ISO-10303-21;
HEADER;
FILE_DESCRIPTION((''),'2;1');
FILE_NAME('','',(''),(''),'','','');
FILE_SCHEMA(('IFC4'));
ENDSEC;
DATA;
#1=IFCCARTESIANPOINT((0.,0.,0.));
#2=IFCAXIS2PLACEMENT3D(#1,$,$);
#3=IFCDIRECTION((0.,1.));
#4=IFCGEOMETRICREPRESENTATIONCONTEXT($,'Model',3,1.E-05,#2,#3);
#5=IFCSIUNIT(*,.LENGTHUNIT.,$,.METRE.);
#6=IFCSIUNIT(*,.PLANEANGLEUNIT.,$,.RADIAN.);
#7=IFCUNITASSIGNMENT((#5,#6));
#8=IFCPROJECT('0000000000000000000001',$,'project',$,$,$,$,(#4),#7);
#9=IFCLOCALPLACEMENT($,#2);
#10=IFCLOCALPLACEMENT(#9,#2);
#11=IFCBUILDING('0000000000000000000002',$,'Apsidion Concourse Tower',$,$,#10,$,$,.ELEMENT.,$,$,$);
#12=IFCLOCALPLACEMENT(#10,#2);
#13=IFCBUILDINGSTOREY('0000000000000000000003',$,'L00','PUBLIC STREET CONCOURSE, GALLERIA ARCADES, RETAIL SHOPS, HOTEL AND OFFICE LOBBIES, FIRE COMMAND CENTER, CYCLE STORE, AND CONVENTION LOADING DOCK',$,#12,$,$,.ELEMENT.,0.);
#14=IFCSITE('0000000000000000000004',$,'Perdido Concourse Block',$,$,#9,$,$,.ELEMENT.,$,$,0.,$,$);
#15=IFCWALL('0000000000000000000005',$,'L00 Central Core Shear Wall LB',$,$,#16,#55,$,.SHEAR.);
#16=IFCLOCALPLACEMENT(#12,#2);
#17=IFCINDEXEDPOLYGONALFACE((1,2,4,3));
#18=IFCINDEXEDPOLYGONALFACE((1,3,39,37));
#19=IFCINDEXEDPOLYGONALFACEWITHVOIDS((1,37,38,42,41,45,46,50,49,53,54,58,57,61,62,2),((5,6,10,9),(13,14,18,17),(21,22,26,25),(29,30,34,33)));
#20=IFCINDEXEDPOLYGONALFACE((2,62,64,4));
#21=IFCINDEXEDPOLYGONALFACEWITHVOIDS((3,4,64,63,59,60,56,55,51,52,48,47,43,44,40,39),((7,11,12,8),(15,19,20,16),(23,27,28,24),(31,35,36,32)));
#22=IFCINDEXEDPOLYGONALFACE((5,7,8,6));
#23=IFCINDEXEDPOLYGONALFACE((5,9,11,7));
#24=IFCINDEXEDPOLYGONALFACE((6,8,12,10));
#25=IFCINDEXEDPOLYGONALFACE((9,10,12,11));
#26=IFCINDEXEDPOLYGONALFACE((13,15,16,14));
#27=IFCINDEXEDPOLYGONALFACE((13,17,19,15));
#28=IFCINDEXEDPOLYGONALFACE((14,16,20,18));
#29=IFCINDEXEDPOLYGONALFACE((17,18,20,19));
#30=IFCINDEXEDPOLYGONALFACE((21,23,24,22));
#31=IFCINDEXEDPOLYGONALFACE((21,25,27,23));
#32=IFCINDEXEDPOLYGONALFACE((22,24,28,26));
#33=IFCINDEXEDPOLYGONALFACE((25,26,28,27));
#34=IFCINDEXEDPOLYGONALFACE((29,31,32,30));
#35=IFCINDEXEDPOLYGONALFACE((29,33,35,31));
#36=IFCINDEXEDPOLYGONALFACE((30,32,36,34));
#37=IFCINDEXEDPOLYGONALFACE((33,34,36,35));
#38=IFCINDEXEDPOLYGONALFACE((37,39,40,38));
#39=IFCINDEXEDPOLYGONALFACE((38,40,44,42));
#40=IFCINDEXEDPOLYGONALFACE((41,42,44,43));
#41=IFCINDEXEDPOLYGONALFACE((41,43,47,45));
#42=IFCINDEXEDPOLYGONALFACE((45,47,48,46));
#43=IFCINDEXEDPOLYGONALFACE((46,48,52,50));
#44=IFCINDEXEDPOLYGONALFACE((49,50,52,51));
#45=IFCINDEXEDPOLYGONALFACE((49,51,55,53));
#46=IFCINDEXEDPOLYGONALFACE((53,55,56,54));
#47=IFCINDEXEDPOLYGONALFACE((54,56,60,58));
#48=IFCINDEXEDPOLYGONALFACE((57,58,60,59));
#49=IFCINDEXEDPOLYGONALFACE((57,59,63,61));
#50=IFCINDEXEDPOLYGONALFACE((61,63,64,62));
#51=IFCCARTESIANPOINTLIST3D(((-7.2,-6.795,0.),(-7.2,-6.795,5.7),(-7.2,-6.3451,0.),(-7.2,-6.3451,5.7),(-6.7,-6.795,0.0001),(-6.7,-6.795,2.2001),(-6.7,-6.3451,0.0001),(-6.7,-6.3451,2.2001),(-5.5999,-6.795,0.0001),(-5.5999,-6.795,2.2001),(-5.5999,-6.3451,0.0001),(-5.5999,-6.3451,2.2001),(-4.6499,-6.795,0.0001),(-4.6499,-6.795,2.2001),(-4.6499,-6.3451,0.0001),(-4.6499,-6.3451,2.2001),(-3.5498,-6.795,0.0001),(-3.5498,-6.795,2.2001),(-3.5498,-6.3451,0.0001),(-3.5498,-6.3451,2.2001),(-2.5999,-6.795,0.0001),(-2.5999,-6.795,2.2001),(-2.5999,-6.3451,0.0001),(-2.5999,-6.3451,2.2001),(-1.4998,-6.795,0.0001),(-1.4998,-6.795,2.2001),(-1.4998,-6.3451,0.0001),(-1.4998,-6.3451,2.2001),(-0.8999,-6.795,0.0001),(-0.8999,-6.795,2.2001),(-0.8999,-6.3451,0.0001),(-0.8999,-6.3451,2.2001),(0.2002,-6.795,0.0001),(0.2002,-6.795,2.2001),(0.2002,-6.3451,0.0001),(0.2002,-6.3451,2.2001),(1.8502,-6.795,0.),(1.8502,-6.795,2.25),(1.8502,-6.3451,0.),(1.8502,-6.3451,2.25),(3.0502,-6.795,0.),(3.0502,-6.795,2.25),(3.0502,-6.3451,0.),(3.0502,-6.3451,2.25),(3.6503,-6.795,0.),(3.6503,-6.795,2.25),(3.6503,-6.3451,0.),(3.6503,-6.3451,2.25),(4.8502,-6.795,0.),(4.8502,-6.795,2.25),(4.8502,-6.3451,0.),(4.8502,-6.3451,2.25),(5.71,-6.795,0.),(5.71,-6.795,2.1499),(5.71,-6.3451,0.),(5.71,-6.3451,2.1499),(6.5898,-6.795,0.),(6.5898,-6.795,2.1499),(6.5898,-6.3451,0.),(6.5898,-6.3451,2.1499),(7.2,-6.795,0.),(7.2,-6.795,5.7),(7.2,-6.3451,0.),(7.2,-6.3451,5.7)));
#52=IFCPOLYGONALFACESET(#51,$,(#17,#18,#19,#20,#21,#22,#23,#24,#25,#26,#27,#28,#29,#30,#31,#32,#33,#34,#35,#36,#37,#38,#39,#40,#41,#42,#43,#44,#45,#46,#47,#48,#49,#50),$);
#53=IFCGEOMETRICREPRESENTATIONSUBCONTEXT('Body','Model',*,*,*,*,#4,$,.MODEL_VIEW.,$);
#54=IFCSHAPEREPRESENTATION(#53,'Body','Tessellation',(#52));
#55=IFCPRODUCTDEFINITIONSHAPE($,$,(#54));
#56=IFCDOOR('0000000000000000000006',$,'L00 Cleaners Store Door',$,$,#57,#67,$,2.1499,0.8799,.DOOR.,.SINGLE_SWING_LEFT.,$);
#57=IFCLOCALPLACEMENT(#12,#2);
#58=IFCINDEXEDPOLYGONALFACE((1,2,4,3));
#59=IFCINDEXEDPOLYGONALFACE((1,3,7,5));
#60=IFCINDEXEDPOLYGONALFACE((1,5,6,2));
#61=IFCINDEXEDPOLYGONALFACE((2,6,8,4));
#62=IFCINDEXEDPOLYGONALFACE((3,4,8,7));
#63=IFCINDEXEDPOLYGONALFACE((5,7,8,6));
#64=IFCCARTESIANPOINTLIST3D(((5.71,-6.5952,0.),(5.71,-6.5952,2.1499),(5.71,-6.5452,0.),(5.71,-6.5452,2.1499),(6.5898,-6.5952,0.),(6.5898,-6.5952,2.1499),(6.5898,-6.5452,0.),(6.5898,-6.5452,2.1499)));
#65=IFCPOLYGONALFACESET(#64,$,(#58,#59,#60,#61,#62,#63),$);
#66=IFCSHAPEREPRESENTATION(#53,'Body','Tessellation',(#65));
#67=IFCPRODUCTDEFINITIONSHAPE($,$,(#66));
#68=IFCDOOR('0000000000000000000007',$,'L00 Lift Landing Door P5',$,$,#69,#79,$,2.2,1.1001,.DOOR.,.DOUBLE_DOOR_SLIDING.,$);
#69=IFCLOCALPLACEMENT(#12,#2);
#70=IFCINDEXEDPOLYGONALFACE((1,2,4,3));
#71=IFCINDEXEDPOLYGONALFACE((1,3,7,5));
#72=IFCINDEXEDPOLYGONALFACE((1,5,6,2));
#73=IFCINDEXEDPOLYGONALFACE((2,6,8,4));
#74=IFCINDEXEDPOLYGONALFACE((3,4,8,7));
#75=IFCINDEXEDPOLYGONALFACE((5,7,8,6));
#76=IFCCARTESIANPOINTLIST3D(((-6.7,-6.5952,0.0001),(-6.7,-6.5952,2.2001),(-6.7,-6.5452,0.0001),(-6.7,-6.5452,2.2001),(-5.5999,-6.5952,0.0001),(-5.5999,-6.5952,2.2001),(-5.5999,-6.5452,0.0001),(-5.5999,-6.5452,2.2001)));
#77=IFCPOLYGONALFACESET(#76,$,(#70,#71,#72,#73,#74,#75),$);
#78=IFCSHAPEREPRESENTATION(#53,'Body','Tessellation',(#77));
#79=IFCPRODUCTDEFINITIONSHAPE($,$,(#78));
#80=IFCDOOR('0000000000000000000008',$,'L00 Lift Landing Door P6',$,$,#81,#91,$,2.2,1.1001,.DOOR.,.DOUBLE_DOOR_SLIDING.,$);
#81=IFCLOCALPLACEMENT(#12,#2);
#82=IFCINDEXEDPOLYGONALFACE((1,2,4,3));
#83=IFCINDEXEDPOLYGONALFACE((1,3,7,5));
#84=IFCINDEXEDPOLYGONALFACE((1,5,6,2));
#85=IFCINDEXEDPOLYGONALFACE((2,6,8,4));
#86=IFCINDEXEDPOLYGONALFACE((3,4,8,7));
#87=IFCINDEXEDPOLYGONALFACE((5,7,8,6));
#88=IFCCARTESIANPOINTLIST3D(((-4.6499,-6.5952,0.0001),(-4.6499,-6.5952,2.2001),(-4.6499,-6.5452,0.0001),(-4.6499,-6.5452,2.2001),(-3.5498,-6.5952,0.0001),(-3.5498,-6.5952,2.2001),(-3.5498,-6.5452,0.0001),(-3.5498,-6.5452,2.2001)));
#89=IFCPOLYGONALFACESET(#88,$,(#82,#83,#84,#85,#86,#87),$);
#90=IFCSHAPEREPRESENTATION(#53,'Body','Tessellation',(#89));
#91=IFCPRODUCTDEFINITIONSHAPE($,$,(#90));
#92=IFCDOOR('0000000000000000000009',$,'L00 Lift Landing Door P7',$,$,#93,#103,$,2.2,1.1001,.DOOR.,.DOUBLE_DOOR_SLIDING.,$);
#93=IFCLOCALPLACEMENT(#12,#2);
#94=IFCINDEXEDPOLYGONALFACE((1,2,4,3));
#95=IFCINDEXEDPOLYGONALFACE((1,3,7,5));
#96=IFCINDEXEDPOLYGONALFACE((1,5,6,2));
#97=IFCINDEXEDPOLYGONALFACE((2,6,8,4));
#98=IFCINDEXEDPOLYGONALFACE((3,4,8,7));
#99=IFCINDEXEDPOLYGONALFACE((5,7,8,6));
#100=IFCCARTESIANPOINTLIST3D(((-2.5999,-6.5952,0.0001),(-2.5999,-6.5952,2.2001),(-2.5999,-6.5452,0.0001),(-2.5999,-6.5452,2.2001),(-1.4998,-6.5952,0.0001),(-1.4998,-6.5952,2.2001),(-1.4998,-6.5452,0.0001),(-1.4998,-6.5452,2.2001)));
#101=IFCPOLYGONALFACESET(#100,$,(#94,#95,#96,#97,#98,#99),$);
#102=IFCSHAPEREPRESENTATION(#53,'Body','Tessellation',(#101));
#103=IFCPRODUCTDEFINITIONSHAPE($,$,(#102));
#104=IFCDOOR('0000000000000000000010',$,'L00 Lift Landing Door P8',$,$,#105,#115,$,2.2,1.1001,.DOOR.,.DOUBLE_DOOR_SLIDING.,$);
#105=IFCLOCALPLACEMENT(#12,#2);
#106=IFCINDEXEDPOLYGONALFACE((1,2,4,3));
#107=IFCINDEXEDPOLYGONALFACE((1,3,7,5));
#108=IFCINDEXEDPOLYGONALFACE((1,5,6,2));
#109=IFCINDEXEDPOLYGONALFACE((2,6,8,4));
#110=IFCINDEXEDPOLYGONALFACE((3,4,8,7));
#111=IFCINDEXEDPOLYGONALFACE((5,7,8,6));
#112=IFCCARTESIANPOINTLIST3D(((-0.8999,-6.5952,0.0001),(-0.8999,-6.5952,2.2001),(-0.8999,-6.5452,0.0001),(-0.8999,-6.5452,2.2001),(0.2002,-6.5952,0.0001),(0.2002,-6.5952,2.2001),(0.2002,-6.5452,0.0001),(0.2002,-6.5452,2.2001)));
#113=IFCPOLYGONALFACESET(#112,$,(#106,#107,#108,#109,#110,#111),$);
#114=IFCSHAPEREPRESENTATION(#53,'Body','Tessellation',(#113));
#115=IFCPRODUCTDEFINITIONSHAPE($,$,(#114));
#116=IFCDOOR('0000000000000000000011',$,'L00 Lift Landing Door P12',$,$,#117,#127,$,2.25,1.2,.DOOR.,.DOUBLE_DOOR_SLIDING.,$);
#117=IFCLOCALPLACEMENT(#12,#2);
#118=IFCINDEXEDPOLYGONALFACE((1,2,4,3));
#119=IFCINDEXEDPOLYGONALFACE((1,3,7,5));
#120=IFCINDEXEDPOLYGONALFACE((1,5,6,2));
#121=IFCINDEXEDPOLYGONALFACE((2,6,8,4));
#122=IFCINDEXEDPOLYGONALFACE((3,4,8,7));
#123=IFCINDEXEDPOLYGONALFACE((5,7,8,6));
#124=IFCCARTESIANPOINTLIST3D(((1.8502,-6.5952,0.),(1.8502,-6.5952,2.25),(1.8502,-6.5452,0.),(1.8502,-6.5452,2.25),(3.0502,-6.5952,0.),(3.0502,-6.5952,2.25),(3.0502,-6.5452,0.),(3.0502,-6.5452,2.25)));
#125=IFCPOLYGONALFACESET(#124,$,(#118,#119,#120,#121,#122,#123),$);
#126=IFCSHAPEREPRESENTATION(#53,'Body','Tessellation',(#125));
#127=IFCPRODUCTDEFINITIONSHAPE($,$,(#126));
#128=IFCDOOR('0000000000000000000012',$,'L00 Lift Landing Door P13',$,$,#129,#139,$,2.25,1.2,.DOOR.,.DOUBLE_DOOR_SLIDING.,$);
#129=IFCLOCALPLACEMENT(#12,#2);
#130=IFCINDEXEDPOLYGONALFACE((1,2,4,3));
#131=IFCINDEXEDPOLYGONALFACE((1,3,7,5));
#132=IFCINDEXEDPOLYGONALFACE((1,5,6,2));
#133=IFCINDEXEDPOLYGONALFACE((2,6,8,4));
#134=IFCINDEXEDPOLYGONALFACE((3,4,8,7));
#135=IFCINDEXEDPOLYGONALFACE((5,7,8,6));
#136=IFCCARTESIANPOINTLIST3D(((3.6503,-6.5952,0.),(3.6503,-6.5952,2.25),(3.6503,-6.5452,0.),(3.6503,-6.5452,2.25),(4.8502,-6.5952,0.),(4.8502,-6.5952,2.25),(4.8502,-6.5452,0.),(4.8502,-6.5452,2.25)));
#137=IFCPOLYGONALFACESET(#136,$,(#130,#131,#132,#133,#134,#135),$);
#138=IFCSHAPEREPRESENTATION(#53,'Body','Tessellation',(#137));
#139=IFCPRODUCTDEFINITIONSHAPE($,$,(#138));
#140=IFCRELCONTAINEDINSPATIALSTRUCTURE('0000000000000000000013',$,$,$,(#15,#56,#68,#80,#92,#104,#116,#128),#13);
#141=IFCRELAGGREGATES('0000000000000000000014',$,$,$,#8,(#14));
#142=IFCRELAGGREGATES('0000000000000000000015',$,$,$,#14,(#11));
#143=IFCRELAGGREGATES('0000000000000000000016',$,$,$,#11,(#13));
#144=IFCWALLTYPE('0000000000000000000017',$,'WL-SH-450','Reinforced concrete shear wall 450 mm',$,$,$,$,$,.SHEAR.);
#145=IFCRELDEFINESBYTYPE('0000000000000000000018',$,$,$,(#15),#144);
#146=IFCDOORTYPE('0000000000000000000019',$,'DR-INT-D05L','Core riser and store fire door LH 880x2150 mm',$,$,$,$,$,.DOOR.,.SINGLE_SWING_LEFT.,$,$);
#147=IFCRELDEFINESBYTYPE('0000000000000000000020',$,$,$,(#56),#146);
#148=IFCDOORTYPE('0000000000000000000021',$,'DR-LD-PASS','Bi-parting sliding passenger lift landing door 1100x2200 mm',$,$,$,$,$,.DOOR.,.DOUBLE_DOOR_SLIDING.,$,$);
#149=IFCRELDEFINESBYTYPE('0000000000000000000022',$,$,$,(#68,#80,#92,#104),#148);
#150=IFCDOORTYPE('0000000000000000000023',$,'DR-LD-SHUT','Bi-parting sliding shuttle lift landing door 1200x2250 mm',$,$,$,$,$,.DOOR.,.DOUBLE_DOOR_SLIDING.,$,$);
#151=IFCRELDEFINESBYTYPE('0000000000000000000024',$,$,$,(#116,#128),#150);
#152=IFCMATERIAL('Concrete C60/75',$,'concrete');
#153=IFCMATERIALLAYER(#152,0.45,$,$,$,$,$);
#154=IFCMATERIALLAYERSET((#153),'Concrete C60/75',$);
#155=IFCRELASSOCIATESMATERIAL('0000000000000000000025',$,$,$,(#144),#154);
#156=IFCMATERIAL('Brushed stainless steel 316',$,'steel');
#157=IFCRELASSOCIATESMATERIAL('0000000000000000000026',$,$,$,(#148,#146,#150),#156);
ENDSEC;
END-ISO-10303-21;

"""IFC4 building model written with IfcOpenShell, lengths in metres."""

from ifc_helpers import new_model, si_unit, direction, frame, frame_2d, origin, place, context, subcontext, project, spatial, rectangle, extrude, material, layer, layer_set, type_object, element, fill, save


model = new_model("IFC4")

# Units and contexts
model_context = context("Model", 3, precision=1e-05, world=origin(), true_north=direction((0.0, 1.0)))
body_context = subcontext(model_context, "Body", "Model", "MODEL_VIEW")
ifc_project = project(units=[si_unit("LENGTHUNIT", "METRE"), si_unit("PLANEANGLEUNIT", "RADIAN")], contexts=[model_context])

# Site, building, storey
site_placement = place(None, origin())
site = spatial("IfcSite", under=ifc_project, at=site_placement, Name="Perdido Concourse Block", CompositionType="ELEMENT", RefElevation=0.0)
building_placement = place(site_placement, origin())
building = spatial("IfcBuilding", under=site, at=building_placement, Name="Apsidion Concourse Tower", CompositionType="ELEMENT")
storey_placement = place(building_placement, origin())
storey = spatial("IfcBuildingStorey", under=building, at=storey_placement, Name="L00", Description="PUBLIC STREET CONCOURSE, GALLERIA ARCADES, RETAIL SHOPS, HOTEL AND OFFICE LOBBIES, FIRE COMMAND CENTER, CYCLE STORE, AND CONVENTION LOADING DOCK", CompositionType="ELEMENT", Elevation=0.0)

# Shared definitions
ifc_material_1 = material(Name="Concrete C60/75", Category="concrete")
ifc_layer = layer(ifc_material_1, 0.45)
ifc_layer_set = layer_set([ifc_layer], Name="Concrete C60/75")
wall_type = type_object("IfcWallType", Name="WL-SH-450", Description="Reinforced concrete shear wall 450 mm", PredefinedType="SHEAR", material=ifc_layer_set)

# Wall, openings, doors
ifc_material_2 = material(Name="Brushed stainless steel 316", Category="steel")
door_type_1 = type_object("IfcDoorType", Name="DR-LD-PASS", Description="Bi-parting sliding passenger lift landing door 1100x2200 mm", OperationType="DOUBLE_DOOR_SLIDING", PredefinedType="DOOR", material=ifc_material_2)
wall_1_placement = place(storey_placement, frame((-7.2, -6.5701, 0.0), z_axis=(0.0, 0.0, 1.0), x_axis=(1.0, 0.0, 0.0)))
wall_1 = element("IfcWall", 1, at=wall_1_placement, inside=storey, type_object=wall_type, Name="L00 Central Core Shear Wall LB", PredefinedType="SHEAR", context=body_context, shape_type="SweptSolid", body=[
    extrude(rectangle(XDim=14.3999, YDim=0.45, at=frame_2d((7.2, 0.0))), origin(), (0.0, 0.0, 1.0), 5.7),
])
opening_1_placement = place(wall_1_placement, frame((0.5, 0.0, 0.0)))
opening_1 = element("IfcOpeningElement", 2, at=opening_1_placement, cuts=wall_1, PredefinedType="OPENING", context=body_context, shape_type="SweptSolid", body=[
    extrude(rectangle(XDim=1.1001, YDim=2.2, at=frame_2d((0.55, 1.1001))), frame((0.0, 0.2349, 0.0), z_axis=(0.0, -1.0, 0.0), x_axis=(1.0, 0.0, 0.0)), (0.0, 0.0, 1.0), 0.47),
])
opening_2_placement = place(wall_1_placement, frame((2.55, 0.0, 0.0)))
opening_2 = element("IfcOpeningElement", 3, at=opening_2_placement, cuts=wall_1, PredefinedType="OPENING", context=body_context, shape_type="SweptSolid", body=[
    extrude(rectangle(XDim=1.1001, YDim=2.2, at=frame_2d((0.55, 1.1001))), frame((0.0, 0.2349, 0.0), z_axis=(0.0, -1.0, 0.0), x_axis=(1.0, 0.0, 0.0)), (0.0, 0.0, 1.0), 0.47),
])
opening_3_placement = place(wall_1_placement, frame((4.6001, 0.0, 0.0)))
opening_3 = element("IfcOpeningElement", 4, at=opening_3_placement, cuts=wall_1, PredefinedType="OPENING", context=body_context, shape_type="SweptSolid", body=[
    extrude(rectangle(XDim=1.1001, YDim=2.2, at=frame_2d((0.55, 1.1001))), frame((0.0, 0.2349, 0.0), z_axis=(0.0, -1.0, 0.0), x_axis=(1.0, 0.0, 0.0)), (0.0, 0.0, 1.0), 0.47),
])
opening_4_placement = place(wall_1_placement, frame((6.3, 0.0, 0.0)))
opening_4 = element("IfcOpeningElement", 5, at=opening_4_placement, cuts=wall_1, PredefinedType="OPENING", context=body_context, shape_type="SweptSolid", body=[
    extrude(rectangle(XDim=1.1001, YDim=2.2, at=frame_2d((0.55, 1.1001))), frame((0.0, 0.2349, 0.0), z_axis=(0.0, -1.0, 0.0), x_axis=(1.0, 0.0, 0.0)), (0.0, 0.0, 1.0), 0.47),
])
opening_5_placement = place(wall_1_placement, frame((9.05, 0.0, 0.0)))
opening_5 = element("IfcOpeningElement", 6, at=opening_5_placement, cuts=wall_1, PredefinedType="OPENING", context=body_context, shape_type="SweptSolid", body=[
    extrude(rectangle(XDim=1.2, YDim=2.25, at=frame_2d((0.6001, 1.125))), frame((0.0, 0.2349, 0.0), z_axis=(0.0, -1.0, 0.0), x_axis=(1.0, 0.0, 0.0)), (0.0, 0.0, 1.0), 0.47),
])
opening_6_placement = place(wall_1_placement, frame((10.8501, 0.0, 0.0)))
opening_6 = element("IfcOpeningElement", 7, at=opening_6_placement, cuts=wall_1, PredefinedType="OPENING", context=body_context, shape_type="SweptSolid", body=[
    extrude(rectangle(XDim=1.2, YDim=2.25, at=frame_2d((0.6001, 1.125))), frame((0.0, 0.2349, 0.0), z_axis=(0.0, -1.0, 0.0), x_axis=(1.0, 0.0, 0.0)), (0.0, 0.0, 1.0), 0.47),
])
opening_7_placement = place(wall_1_placement, frame((12.9099, 0.0, 0.0)))
opening_7 = element("IfcOpeningElement", 8, at=opening_7_placement, cuts=wall_1, PredefinedType="OPENING", context=body_context, shape_type="SweptSolid", body=[
    extrude(rectangle(XDim=0.8799, YDim=2.1499, at=frame_2d((0.4399, 1.075))), frame((0.0, 0.2349, 0.0), z_axis=(0.0, -1.0, 0.0), x_axis=(1.0, 0.0, 0.0)), (0.0, 0.0, 1.0), 0.47),
])
door_type_2 = type_object("IfcDoorType", Name="DR-INT-D05L", Description="Core riser and store fire door LH 880x2150 mm", OperationType="SINGLE_SWING_LEFT", PredefinedType="DOOR", material=ifc_material_2)
door_1_placement = place(opening_7_placement, origin())
door_1 = element("IfcDoor", 9, at=door_1_placement, inside=storey, type_object=door_type_2, Name="L00 Cleaners Store Door", OperationType="SINGLE_SWING_LEFT", OverallHeight=2.1499, OverallWidth=0.8799, PredefinedType="DOOR", context=body_context, shape_type="SweptSolid", body=[
    extrude(rectangle(XDim=0.8799, YDim=2.1499, at=frame_2d((0.4399, 1.075))), frame((0.0, 0.0249, 0.0), z_axis=(0.0, -1.0, 0.0), x_axis=(1.0, 0.0, 0.0)), (0.0, 0.0, 1.0), 0.05),
])
fill(opening_7, door_1)
door_2_placement = place(opening_1_placement, origin())
door_2 = element("IfcDoor", 10, at=door_2_placement, inside=storey, type_object=door_type_1, Name="L00 Lift Landing Door P5", OperationType="DOUBLE_DOOR_SLIDING", OverallHeight=2.2, OverallWidth=1.1001, PredefinedType="DOOR", context=body_context, shape_type="SweptSolid", body=[
    extrude(rectangle(XDim=1.1001, YDim=2.2, at=frame_2d((0.55, 1.1001))), frame((0.0, 0.0249, 0.0), z_axis=(0.0, -1.0, 0.0), x_axis=(1.0, 0.0, 0.0)), (0.0, 0.0, 1.0), 0.05),
])
fill(opening_1, door_2)
door_3_placement = place(opening_2_placement, origin())
door_3 = element("IfcDoor", 11, at=door_3_placement, inside=storey, type_object=door_type_1, Name="L00 Lift Landing Door P6", OperationType="DOUBLE_DOOR_SLIDING", OverallHeight=2.2, OverallWidth=1.1001, PredefinedType="DOOR", context=body_context, shape_type="SweptSolid", body=[
    extrude(rectangle(XDim=1.1001, YDim=2.2, at=frame_2d((0.55, 1.1001))), frame((0.0, 0.0249, 0.0), z_axis=(0.0, -1.0, 0.0), x_axis=(1.0, 0.0, 0.0)), (0.0, 0.0, 1.0), 0.05),
])
fill(opening_2, door_3)
door_4_placement = place(opening_3_placement, origin())
door_4 = element("IfcDoor", 12, at=door_4_placement, inside=storey, type_object=door_type_1, Name="L00 Lift Landing Door P7", OperationType="DOUBLE_DOOR_SLIDING", OverallHeight=2.2, OverallWidth=1.1001, PredefinedType="DOOR", context=body_context, shape_type="SweptSolid", body=[
    extrude(rectangle(XDim=1.1001, YDim=2.2, at=frame_2d((0.55, 1.1001))), frame((0.0, 0.0249, 0.0), z_axis=(0.0, -1.0, 0.0), x_axis=(1.0, 0.0, 0.0)), (0.0, 0.0, 1.0), 0.05),
])
fill(opening_3, door_4)
door_5_placement = place(opening_4_placement, origin())
door_5 = element("IfcDoor", 13, at=door_5_placement, inside=storey, type_object=door_type_1, Name="L00 Lift Landing Door P8", OperationType="DOUBLE_DOOR_SLIDING", OverallHeight=2.2, OverallWidth=1.1001, PredefinedType="DOOR", context=body_context, shape_type="SweptSolid", body=[
    extrude(rectangle(XDim=1.1001, YDim=2.2, at=frame_2d((0.55, 1.1001))), frame((0.0, 0.0249, 0.0), z_axis=(0.0, -1.0, 0.0), x_axis=(1.0, 0.0, 0.0)), (0.0, 0.0, 1.0), 0.05),
])
fill(opening_4, door_5)
door_type_3 = type_object("IfcDoorType", Name="DR-LD-SHUT", Description="Bi-parting sliding shuttle lift landing door 1200x2250 mm", OperationType="DOUBLE_DOOR_SLIDING", PredefinedType="DOOR", material=ifc_material_2)
door_6_placement = place(opening_5_placement, origin())
door_6 = element("IfcDoor", 14, at=door_6_placement, inside=storey, type_object=door_type_3, Name="L00 Lift Landing Door P12", OperationType="DOUBLE_DOOR_SLIDING", OverallHeight=2.25, OverallWidth=1.2, PredefinedType="DOOR", context=body_context, shape_type="SweptSolid", body=[
    extrude(rectangle(XDim=1.2, YDim=2.25, at=frame_2d((0.6001, 1.125))), frame((0.0, 0.0249, 0.0), z_axis=(0.0, -1.0, 0.0), x_axis=(1.0, 0.0, 0.0)), (0.0, 0.0, 1.0), 0.05),
])
fill(opening_5, door_6)
door_7_placement = place(opening_6_placement, origin())
door_7 = element("IfcDoor", 15, at=door_7_placement, inside=storey, type_object=door_type_3, Name="L00 Lift Landing Door P13", OperationType="DOUBLE_DOOR_SLIDING", OverallHeight=2.25, OverallWidth=1.2, PredefinedType="DOOR", context=body_context, shape_type="SweptSolid", body=[
    extrude(rectangle(XDim=1.2, YDim=2.25, at=frame_2d((0.6001, 1.125))), frame((0.0, 0.0249, 0.0), z_axis=(0.0, -1.0, 0.0), x_axis=(1.0, 0.0, 0.0)), (0.0, 0.0, 1.0), 0.05),
])
fill(opening_6, door_7)

save(model, "model.ifc")
